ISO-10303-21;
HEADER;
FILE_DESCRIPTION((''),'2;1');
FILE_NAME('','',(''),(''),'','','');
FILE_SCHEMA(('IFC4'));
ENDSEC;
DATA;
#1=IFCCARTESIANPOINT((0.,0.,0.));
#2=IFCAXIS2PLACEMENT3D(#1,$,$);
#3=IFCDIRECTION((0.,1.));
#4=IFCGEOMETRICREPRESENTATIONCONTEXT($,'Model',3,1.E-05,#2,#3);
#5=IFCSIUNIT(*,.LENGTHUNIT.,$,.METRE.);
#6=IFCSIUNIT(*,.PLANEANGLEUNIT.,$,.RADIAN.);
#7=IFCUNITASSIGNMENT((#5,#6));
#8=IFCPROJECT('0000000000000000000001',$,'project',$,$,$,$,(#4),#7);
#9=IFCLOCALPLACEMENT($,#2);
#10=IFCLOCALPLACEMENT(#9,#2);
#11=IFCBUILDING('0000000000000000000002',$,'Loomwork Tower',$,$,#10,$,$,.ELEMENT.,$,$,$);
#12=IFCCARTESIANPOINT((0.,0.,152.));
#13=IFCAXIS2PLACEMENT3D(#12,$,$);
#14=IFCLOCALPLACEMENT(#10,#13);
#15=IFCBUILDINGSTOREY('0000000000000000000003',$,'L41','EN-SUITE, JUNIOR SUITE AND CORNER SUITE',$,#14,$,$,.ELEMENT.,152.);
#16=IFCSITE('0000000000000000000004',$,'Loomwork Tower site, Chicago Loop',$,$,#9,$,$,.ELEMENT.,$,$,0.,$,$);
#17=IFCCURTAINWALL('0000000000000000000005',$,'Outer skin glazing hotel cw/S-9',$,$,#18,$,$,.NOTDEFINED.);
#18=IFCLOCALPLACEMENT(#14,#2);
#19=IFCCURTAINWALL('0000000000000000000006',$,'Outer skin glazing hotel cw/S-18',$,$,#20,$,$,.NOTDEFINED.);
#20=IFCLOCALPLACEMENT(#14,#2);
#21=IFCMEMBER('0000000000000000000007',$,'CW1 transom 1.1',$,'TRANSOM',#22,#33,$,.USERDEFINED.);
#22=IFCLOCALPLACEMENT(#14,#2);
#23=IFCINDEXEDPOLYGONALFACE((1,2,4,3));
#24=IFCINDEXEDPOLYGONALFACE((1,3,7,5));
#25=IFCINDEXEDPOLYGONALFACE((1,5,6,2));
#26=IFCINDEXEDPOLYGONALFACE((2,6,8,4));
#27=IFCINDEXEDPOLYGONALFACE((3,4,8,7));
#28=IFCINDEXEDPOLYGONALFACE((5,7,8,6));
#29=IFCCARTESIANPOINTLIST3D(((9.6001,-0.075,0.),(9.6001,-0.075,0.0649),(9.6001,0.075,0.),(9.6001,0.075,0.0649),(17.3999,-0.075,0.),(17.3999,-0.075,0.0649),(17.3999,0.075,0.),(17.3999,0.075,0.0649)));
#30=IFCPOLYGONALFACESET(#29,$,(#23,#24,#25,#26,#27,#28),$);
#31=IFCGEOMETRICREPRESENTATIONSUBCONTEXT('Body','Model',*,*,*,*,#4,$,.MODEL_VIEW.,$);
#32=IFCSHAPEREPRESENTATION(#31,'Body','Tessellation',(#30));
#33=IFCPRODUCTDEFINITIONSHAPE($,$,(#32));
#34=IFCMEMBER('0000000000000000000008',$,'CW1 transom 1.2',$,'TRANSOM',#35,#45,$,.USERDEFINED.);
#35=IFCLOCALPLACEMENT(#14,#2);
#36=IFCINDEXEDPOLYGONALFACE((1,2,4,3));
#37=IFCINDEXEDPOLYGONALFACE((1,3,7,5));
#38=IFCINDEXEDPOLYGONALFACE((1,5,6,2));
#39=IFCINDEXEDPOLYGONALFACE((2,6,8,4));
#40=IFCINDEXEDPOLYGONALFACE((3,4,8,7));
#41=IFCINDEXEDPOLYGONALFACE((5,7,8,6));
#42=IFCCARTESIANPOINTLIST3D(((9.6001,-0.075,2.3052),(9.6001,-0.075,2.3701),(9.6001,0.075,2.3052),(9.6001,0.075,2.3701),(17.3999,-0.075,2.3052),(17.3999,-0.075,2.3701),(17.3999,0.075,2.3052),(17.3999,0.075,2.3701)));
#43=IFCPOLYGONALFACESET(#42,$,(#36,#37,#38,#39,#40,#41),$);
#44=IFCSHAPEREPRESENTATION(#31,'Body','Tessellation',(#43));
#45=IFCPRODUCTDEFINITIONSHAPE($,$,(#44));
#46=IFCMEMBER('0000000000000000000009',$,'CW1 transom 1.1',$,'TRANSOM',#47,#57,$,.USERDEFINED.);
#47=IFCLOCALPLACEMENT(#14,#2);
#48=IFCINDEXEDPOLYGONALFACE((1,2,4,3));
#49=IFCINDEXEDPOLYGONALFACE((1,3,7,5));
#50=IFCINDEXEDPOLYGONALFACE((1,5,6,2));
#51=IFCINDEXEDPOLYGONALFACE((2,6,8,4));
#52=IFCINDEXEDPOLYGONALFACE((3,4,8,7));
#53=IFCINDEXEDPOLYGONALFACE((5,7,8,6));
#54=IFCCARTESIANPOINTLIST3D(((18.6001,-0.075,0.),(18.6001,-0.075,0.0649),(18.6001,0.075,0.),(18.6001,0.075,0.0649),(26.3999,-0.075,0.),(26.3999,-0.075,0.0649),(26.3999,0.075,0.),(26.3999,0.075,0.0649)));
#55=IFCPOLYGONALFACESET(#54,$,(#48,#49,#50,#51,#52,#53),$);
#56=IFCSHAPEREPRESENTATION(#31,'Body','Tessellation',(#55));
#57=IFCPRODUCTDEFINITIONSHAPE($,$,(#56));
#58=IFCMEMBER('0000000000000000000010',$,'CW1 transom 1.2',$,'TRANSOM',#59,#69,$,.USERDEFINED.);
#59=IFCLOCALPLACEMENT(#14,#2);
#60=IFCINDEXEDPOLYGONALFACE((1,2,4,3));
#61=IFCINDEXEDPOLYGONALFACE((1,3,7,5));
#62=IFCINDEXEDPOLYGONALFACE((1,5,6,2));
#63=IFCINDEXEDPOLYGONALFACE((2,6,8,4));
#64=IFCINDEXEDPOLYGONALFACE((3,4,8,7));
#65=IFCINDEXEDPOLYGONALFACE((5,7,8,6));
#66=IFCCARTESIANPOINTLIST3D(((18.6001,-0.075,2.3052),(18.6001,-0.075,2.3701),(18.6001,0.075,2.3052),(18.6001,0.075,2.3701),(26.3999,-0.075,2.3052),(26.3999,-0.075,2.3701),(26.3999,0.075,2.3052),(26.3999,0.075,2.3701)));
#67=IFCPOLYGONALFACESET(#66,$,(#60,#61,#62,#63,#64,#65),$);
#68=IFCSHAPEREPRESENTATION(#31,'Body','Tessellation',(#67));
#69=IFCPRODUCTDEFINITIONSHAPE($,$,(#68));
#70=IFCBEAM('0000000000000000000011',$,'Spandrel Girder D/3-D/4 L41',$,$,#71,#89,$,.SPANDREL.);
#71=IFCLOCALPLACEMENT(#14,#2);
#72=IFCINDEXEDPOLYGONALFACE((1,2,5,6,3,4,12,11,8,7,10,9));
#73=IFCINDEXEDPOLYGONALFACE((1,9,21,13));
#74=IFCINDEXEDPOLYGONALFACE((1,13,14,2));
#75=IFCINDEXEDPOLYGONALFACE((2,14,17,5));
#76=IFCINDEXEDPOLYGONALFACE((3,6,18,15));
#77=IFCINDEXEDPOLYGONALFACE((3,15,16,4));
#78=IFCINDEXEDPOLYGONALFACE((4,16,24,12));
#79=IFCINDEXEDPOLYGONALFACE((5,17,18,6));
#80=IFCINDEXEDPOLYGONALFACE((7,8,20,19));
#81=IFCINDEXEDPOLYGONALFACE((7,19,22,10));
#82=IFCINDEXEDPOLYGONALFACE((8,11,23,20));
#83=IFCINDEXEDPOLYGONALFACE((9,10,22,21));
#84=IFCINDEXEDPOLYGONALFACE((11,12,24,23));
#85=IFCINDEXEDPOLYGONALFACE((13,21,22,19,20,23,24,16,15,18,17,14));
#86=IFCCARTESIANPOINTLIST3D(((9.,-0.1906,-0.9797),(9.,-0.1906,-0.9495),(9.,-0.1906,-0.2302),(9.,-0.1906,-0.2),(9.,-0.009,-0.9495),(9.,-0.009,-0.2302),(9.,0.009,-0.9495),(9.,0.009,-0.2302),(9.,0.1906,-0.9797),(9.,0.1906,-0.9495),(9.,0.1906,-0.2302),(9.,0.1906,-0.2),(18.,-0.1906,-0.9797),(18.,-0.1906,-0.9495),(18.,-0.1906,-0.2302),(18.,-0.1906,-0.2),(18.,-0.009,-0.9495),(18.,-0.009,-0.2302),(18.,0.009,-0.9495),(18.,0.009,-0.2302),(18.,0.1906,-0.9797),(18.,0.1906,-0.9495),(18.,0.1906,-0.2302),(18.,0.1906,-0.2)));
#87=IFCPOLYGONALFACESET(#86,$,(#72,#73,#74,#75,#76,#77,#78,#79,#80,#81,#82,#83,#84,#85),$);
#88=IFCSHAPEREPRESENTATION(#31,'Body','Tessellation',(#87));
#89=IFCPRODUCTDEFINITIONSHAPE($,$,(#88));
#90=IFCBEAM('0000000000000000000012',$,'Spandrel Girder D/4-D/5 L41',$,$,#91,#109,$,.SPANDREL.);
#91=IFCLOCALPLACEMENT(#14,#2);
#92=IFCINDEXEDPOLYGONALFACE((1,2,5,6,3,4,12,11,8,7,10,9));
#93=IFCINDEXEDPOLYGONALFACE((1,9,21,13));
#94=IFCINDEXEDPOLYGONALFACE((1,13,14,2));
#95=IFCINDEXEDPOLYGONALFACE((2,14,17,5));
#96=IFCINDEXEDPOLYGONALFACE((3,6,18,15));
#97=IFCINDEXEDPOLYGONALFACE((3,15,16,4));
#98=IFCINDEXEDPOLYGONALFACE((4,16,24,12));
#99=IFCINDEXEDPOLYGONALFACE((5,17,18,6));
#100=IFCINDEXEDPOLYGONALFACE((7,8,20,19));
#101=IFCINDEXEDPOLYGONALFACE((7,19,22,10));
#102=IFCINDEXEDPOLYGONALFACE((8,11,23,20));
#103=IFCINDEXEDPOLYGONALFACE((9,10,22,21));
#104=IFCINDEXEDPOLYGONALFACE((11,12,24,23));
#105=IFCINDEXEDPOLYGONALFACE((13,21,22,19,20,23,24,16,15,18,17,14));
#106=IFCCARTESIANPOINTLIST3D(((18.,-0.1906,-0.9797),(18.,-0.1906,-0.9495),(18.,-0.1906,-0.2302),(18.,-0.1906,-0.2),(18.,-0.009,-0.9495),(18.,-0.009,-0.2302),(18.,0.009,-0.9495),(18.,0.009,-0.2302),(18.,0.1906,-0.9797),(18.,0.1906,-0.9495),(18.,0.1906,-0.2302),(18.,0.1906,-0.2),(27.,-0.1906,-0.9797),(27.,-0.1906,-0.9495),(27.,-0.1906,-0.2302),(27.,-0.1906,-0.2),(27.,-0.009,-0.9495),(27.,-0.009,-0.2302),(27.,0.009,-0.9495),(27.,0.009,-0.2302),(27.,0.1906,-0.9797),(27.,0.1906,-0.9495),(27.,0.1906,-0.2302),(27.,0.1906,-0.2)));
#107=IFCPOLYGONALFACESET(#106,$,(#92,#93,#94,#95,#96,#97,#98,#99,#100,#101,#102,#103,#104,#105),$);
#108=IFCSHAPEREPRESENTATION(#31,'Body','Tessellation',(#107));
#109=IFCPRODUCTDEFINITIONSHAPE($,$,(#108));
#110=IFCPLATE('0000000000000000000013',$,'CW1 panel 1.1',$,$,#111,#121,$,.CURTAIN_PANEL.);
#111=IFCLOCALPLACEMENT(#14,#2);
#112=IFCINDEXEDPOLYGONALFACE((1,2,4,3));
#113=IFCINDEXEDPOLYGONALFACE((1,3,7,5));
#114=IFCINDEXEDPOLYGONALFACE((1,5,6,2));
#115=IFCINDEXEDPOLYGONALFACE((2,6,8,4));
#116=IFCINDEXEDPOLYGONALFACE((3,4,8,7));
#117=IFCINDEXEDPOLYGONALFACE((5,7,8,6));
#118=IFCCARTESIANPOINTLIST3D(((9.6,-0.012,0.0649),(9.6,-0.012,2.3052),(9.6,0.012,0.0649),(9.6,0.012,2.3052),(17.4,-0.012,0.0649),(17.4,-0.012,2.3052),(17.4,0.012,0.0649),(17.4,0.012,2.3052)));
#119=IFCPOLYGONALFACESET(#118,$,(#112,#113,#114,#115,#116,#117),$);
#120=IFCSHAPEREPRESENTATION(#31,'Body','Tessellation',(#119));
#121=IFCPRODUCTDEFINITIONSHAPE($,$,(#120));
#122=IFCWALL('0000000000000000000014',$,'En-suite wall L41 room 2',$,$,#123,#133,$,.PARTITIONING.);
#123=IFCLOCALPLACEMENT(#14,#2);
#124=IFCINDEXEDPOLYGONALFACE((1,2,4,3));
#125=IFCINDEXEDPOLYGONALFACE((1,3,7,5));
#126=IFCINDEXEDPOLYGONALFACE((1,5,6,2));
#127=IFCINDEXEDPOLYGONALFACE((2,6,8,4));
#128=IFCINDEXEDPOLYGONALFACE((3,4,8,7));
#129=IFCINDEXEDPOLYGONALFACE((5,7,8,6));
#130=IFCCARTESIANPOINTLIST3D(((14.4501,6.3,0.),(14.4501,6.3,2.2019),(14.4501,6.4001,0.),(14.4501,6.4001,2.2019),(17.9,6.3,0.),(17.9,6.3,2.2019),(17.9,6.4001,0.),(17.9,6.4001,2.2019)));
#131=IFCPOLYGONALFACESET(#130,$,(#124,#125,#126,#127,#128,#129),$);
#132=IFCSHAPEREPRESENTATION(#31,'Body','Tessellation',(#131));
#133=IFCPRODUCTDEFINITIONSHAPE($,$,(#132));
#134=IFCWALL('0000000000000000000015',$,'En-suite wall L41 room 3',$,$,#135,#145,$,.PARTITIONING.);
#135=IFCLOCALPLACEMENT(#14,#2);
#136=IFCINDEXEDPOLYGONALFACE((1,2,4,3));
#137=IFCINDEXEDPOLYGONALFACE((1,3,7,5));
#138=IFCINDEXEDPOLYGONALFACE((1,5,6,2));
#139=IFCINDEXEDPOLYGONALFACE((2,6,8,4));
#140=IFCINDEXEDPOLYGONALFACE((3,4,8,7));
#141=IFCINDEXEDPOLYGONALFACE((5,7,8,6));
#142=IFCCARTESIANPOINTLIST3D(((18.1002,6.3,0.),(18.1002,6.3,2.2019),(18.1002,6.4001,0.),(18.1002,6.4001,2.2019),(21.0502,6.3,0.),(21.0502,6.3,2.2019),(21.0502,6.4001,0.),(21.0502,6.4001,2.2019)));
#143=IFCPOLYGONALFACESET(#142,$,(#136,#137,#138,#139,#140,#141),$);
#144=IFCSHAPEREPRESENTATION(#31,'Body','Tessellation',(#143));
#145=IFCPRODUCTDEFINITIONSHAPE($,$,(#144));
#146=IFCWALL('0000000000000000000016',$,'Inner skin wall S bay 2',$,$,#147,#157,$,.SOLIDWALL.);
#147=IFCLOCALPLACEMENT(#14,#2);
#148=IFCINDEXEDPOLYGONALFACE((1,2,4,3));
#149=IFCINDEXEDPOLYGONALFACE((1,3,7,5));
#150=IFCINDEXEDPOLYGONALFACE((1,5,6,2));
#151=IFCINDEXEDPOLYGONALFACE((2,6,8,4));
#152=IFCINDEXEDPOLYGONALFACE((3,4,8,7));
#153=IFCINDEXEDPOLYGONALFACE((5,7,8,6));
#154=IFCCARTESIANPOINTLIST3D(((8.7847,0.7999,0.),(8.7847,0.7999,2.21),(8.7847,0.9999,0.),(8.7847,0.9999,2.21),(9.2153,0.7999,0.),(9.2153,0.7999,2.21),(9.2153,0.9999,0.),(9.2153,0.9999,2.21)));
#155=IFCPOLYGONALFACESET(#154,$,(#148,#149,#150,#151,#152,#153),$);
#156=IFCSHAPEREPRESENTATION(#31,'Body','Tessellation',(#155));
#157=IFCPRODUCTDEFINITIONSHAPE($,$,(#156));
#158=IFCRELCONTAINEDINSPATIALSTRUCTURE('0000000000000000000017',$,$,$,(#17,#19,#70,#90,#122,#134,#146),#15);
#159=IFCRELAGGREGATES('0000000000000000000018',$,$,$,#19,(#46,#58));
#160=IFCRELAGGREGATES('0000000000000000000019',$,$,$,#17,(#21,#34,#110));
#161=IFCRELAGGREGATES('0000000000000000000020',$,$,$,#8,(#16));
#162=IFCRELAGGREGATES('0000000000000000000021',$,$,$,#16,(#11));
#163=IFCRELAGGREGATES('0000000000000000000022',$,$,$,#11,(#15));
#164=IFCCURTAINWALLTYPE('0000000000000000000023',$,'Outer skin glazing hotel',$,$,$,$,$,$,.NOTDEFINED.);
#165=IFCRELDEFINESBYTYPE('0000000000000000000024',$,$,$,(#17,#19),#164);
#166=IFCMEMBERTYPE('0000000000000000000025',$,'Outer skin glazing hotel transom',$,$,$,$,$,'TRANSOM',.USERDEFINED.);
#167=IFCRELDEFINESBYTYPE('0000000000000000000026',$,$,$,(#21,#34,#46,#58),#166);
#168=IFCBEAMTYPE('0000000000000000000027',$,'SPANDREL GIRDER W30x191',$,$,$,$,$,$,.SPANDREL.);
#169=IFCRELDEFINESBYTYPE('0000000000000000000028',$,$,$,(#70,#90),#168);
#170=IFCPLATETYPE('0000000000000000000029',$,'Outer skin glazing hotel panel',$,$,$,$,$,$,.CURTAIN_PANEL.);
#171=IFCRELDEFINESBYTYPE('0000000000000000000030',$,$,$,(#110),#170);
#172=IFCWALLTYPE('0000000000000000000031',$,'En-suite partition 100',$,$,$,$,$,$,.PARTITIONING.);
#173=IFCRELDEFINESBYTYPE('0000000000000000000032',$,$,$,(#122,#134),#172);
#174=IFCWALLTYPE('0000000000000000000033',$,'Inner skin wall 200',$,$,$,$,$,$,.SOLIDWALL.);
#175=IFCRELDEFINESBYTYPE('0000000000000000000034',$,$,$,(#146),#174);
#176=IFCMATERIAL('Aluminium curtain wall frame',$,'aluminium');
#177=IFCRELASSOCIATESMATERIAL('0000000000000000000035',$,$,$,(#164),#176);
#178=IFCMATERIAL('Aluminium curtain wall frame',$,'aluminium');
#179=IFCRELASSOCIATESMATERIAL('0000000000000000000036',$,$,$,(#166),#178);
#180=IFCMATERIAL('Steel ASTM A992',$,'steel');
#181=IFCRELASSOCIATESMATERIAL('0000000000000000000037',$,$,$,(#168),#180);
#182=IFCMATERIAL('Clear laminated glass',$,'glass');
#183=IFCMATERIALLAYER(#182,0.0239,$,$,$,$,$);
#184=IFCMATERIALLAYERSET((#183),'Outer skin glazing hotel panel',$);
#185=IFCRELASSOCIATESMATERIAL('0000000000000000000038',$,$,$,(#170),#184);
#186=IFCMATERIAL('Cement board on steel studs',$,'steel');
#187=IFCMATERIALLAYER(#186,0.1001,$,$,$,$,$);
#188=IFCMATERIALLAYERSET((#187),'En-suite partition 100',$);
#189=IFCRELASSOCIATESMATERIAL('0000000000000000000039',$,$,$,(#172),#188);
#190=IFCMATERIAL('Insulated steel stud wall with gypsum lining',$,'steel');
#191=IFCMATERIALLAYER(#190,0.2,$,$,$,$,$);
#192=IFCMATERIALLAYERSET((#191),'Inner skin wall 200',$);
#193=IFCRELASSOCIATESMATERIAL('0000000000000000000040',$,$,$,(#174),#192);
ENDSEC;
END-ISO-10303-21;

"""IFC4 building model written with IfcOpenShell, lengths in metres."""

from ifc_helpers import new_model, si_unit, direction, frame, frame_2d, origin, origin_2d, place, context, subcontext, project, spatial, rectangle, i_section, extrude, material, layer, layer_set, material_profile, profile_set, type_object, element, aggregate, save


model = new_model("IFC4")

# Units and contexts
model_context = context("Model", 3, precision=1e-05, world=origin(), true_north=direction((0.0, 1.0)))
body_context = subcontext(model_context, "Body", "Model", "MODEL_VIEW")
ifc_project = project(units=[si_unit("LENGTHUNIT", "METRE"), si_unit("PLANEANGLEUNIT", "RADIAN")], contexts=[model_context])

# Site, building, storey
site_placement = place(None, origin())
site = spatial("IfcSite", under=ifc_project, at=site_placement, Name="Loomwork Tower site, Chicago Loop", CompositionType="ELEMENT", RefElevation=0.0)
building_placement = place(site_placement, origin())
building = spatial("IfcBuilding", under=site, at=building_placement, Name="Loomwork Tower", CompositionType="ELEMENT")
storey_placement = place(building_placement, frame((0.0, 0.0, 152.0)))
storey = spatial("IfcBuildingStorey", under=building, at=storey_placement, Name="L41", Description="EN-SUITE, JUNIOR SUITE AND CORNER SUITE", CompositionType="ELEMENT", Elevation=152.0)

# Shared definitions
ifc_material_1 = material(Name="Aluminium curtain wall frame", Category="aluminium")
curtain_wall_type = type_object("IfcCurtainWallType", Name="Outer skin glazing hotel", PredefinedType="NOTDEFINED", material=ifc_material_1)

# Curtain wall
curtain_wall_1_placement = place(storey_placement, origin())
curtain_wall_1 = element("IfcCurtainWall", 1, at=curtain_wall_1_placement, inside=storey, type_object=curtain_wall_type, Name="Outer skin glazing hotel cw/S-9", PredefinedType="NOTDEFINED")

# Curtain wall
curtain_wall_2_placement = place(storey_placement, origin())
curtain_wall_2 = element("IfcCurtainWall", 2, at=curtain_wall_2_placement, inside=storey, type_object=curtain_wall_type, Name="Outer skin glazing hotel cw/S-18", PredefinedType="NOTDEFINED")

# Members
ifc_material_2 = material(Name="Aluminium curtain wall frame", Category="aluminium")
ifc_material_profile_1 = material_profile(ifc_material_2, rectangle(XDim=0.1499, YDim=0.0649, at=origin_2d()), Name="AL 65x150")
ifc_profile_set_1 = profile_set([ifc_material_profile_1], Name="Aluminium curtain wall frame")
member_type_1 = type_object("IfcMemberType", Name="Outer skin glazing hotel transom", ElementType="TRANSOM", PredefinedType="USERDEFINED", material=ifc_profile_set_1)
member_1_placement = place(storey_placement, frame((9.6001, 0.0, 0.0325), z_axis=(1.0, 0.0, 0.0), x_axis=(0.0, 1.0, 0.0)))
member_1 = element("IfcMember", 3, at=member_1_placement, type_object=member_type_1, Name="CW1 transom 1.1", ObjectType="TRANSOM", PredefinedType="USERDEFINED", context=body_context, shape_type="SweptSolid", body=[
    extrude(rectangle(XDim=0.1499, YDim=0.0649, at=origin_2d()), origin(), (0.0, 0.0, 1.0), 7.7998),
])
member_2_placement = place(storey_placement, frame((9.6001, 0.0, 2.3376), z_axis=(1.0, 0.0, 0.0), x_axis=(0.0, 1.0, 0.0)))
member_2 = element("IfcMember", 4, at=member_2_placement, type_object=member_type_1, Name="CW1 transom 1.2", ObjectType="TRANSOM", PredefinedType="USERDEFINED", context=body_context, shape_type="SweptSolid", body=[
    extrude(rectangle(XDim=0.1499, YDim=0.0649, at=origin_2d()), origin(), (0.0, 0.0, 1.0), 7.7998),
])
member_3_placement = place(storey_placement, frame((18.6001, 0.0, 0.0325), z_axis=(1.0, 0.0, 0.0), x_axis=(0.0, 1.0, 0.0)))
member_3 = element("IfcMember", 5, at=member_3_placement, type_object=member_type_1, Name="CW1 transom 1.1", ObjectType="TRANSOM", PredefinedType="USERDEFINED", context=body_context, shape_type="SweptSolid", body=[
    extrude(rectangle(XDim=0.1499, YDim=0.0649, at=origin_2d()), origin(), (0.0, 0.0, 1.0), 7.7998),
])
member_4_placement = place(storey_placement, frame((18.6001, 0.0, 2.3376), z_axis=(1.0, 0.0, 0.0), x_axis=(0.0, 1.0, 0.0)))
member_4 = element("IfcMember", 6, at=member_4_placement, type_object=member_type_1, Name="CW1 transom 1.2", ObjectType="TRANSOM", PredefinedType="USERDEFINED", context=body_context, shape_type="SweptSolid", body=[
    extrude(rectangle(XDim=0.1499, YDim=0.0649, at=origin_2d()), origin(), (0.0, 0.0, 1.0), 7.7998),
])
aggregate(curtain_wall_2, [member_3, member_4])

# Beams
ifc_material_3 = material(Name="Steel ASTM A992", Category="steel")
ifc_material_profile_2 = material_profile(ifc_material_3, i_section(OverallWidth=0.3811, OverallDepth=0.7798, WebThickness=0.0181, FlangeThickness=0.0303, at=origin_2d()), Name="W30x191")
ifc_profile_set_2 = profile_set([ifc_material_profile_2], Name="Steel ASTM A992")
beam_type_1 = type_object("IfcBeamType", Name="SPANDREL GIRDER W30x191", PredefinedType="SPANDREL", material=ifc_profile_set_2)
for number, where, z_axis, x_axis, name in (
    (7, (9.0, 0.0, -0.5898), (1.0, 0.0, 0.0), (0.0, 1.0, 0.0), "Spandrel Girder D/3-D/4 L41"),
    (8, (18.0, 0.0, -0.5898), (1.0, 0.0, 0.0), (0.0, 1.0, 0.0), "Spandrel Girder D/4-D/5 L41"),
):
    element("IfcBeam", number, at=place(storey_placement, frame(where, z_axis=z_axis, x_axis=x_axis)), inside=storey, type_object=beam_type_1, Name=name, PredefinedType="SPANDREL", context=body_context, shape_type="SweptSolid", body=[
        extrude(i_section(OverallWidth=0.3811, OverallDepth=0.7798, WebThickness=0.0181, FlangeThickness=0.0303, at=origin_2d()), origin(), (0.0, 0.0, 1.0), 9.0),
    ])

# Plate
ifc_material_4 = material(Name="Clear laminated glass", Category="glass")
ifc_layer_1 = layer(ifc_material_4, 0.0239)
ifc_layer_set_1 = layer_set([ifc_layer_1], Name="Outer skin glazing hotel panel")
plate_type = type_object("IfcPlateType", Name="Outer skin glazing hotel panel", PredefinedType="CURTAIN_PANEL", material=ifc_layer_set_1)
plate_placement = place(storey_placement, frame((13.5, 0.0, 0.0649), z_axis=(0.0, 0.0, 1.0), x_axis=(1.0, 0.0, 0.0)))
plate = element("IfcPlate", 9, at=plate_placement, type_object=plate_type, Name="CW1 panel 1.1", PredefinedType="CURTAIN_PANEL", context=body_context, shape_type="SweptSolid", body=[
    extrude(rectangle(XDim=7.8, YDim=0.0239, at=origin_2d()), origin(), (0.0, 0.0, 1.0), 2.2402),
])
aggregate(curtain_wall_1, [member_1, member_2, plate])

# Walls
ifc_material_5 = material(Name="Cement board on steel studs", Category="steel")
ifc_layer_2 = layer(ifc_material_5, 0.1001)
ifc_layer_set_2 = layer_set([ifc_layer_2], Name="En-suite partition 100")
wall_type_1 = type_object("IfcWallType", Name="En-suite partition 100", PredefinedType="PARTITIONING", material=ifc_layer_set_2)
wall_1_placement = place(storey_placement, frame((14.45, 6.3501, 0.0), z_axis=(0.0, 0.0, 1.0), x_axis=(1.0, 0.0, 0.0)))
element("IfcWall", 10, at=wall_1_placement, inside=storey, type_object=wall_type_1, Name="En-suite wall L41 room 2", PredefinedType="PARTITIONING", context=body_context, shape_type="SweptSolid", body=[
    extrude(rectangle(XDim=3.45, YDim=0.1001, at=frame_2d((1.7251, 0.0))), origin(), (0.0, 0.0, 1.0), 2.2019),
])
wall_2_placement = place(storey_placement, frame((18.1001, 6.3501, 0.0), z_axis=(0.0, 0.0, 1.0), x_axis=(1.0, 0.0, 0.0)))
element("IfcWall", 11, at=wall_2_placement, inside=storey, type_object=wall_type_1, Name="En-suite wall L41 room 3", PredefinedType="PARTITIONING", context=body_context, shape_type="SweptSolid", body=[
    extrude(rectangle(XDim=2.95, YDim=0.1001, at=frame_2d((1.4751, 0.0))), origin(), (0.0, 0.0, 1.0), 2.2019),
])
ifc_material_6 = material(Name="Insulated steel stud wall with gypsum lining", Category="steel")
ifc_layer_3 = layer(ifc_material_6, 0.2)
ifc_layer_set_3 = layer_set([ifc_layer_3], Name="Inner skin wall 200")
wall_type_2 = type_object("IfcWallType", Name="Inner skin wall 200", PredefinedType="SOLIDWALL", material=ifc_layer_set_3)
wall_3_placement = place(storey_placement, frame((8.7847, 0.8999, 0.0), z_axis=(0.0, 0.0, 1.0), x_axis=(1.0, 0.0, 0.0)))
element("IfcWall", 12, at=wall_3_placement, inside=storey, type_object=wall_type_2, Name="Inner skin wall S bay 2", PredefinedType="SOLIDWALL", context=body_context, shape_type="SweptSolid", body=[
    extrude(rectangle(XDim=0.4307, YDim=0.2, at=frame_2d((0.2153, 0.0))), origin(), (0.0, 0.0, 1.0), 2.21),
])

save(model, "model.ifc")
